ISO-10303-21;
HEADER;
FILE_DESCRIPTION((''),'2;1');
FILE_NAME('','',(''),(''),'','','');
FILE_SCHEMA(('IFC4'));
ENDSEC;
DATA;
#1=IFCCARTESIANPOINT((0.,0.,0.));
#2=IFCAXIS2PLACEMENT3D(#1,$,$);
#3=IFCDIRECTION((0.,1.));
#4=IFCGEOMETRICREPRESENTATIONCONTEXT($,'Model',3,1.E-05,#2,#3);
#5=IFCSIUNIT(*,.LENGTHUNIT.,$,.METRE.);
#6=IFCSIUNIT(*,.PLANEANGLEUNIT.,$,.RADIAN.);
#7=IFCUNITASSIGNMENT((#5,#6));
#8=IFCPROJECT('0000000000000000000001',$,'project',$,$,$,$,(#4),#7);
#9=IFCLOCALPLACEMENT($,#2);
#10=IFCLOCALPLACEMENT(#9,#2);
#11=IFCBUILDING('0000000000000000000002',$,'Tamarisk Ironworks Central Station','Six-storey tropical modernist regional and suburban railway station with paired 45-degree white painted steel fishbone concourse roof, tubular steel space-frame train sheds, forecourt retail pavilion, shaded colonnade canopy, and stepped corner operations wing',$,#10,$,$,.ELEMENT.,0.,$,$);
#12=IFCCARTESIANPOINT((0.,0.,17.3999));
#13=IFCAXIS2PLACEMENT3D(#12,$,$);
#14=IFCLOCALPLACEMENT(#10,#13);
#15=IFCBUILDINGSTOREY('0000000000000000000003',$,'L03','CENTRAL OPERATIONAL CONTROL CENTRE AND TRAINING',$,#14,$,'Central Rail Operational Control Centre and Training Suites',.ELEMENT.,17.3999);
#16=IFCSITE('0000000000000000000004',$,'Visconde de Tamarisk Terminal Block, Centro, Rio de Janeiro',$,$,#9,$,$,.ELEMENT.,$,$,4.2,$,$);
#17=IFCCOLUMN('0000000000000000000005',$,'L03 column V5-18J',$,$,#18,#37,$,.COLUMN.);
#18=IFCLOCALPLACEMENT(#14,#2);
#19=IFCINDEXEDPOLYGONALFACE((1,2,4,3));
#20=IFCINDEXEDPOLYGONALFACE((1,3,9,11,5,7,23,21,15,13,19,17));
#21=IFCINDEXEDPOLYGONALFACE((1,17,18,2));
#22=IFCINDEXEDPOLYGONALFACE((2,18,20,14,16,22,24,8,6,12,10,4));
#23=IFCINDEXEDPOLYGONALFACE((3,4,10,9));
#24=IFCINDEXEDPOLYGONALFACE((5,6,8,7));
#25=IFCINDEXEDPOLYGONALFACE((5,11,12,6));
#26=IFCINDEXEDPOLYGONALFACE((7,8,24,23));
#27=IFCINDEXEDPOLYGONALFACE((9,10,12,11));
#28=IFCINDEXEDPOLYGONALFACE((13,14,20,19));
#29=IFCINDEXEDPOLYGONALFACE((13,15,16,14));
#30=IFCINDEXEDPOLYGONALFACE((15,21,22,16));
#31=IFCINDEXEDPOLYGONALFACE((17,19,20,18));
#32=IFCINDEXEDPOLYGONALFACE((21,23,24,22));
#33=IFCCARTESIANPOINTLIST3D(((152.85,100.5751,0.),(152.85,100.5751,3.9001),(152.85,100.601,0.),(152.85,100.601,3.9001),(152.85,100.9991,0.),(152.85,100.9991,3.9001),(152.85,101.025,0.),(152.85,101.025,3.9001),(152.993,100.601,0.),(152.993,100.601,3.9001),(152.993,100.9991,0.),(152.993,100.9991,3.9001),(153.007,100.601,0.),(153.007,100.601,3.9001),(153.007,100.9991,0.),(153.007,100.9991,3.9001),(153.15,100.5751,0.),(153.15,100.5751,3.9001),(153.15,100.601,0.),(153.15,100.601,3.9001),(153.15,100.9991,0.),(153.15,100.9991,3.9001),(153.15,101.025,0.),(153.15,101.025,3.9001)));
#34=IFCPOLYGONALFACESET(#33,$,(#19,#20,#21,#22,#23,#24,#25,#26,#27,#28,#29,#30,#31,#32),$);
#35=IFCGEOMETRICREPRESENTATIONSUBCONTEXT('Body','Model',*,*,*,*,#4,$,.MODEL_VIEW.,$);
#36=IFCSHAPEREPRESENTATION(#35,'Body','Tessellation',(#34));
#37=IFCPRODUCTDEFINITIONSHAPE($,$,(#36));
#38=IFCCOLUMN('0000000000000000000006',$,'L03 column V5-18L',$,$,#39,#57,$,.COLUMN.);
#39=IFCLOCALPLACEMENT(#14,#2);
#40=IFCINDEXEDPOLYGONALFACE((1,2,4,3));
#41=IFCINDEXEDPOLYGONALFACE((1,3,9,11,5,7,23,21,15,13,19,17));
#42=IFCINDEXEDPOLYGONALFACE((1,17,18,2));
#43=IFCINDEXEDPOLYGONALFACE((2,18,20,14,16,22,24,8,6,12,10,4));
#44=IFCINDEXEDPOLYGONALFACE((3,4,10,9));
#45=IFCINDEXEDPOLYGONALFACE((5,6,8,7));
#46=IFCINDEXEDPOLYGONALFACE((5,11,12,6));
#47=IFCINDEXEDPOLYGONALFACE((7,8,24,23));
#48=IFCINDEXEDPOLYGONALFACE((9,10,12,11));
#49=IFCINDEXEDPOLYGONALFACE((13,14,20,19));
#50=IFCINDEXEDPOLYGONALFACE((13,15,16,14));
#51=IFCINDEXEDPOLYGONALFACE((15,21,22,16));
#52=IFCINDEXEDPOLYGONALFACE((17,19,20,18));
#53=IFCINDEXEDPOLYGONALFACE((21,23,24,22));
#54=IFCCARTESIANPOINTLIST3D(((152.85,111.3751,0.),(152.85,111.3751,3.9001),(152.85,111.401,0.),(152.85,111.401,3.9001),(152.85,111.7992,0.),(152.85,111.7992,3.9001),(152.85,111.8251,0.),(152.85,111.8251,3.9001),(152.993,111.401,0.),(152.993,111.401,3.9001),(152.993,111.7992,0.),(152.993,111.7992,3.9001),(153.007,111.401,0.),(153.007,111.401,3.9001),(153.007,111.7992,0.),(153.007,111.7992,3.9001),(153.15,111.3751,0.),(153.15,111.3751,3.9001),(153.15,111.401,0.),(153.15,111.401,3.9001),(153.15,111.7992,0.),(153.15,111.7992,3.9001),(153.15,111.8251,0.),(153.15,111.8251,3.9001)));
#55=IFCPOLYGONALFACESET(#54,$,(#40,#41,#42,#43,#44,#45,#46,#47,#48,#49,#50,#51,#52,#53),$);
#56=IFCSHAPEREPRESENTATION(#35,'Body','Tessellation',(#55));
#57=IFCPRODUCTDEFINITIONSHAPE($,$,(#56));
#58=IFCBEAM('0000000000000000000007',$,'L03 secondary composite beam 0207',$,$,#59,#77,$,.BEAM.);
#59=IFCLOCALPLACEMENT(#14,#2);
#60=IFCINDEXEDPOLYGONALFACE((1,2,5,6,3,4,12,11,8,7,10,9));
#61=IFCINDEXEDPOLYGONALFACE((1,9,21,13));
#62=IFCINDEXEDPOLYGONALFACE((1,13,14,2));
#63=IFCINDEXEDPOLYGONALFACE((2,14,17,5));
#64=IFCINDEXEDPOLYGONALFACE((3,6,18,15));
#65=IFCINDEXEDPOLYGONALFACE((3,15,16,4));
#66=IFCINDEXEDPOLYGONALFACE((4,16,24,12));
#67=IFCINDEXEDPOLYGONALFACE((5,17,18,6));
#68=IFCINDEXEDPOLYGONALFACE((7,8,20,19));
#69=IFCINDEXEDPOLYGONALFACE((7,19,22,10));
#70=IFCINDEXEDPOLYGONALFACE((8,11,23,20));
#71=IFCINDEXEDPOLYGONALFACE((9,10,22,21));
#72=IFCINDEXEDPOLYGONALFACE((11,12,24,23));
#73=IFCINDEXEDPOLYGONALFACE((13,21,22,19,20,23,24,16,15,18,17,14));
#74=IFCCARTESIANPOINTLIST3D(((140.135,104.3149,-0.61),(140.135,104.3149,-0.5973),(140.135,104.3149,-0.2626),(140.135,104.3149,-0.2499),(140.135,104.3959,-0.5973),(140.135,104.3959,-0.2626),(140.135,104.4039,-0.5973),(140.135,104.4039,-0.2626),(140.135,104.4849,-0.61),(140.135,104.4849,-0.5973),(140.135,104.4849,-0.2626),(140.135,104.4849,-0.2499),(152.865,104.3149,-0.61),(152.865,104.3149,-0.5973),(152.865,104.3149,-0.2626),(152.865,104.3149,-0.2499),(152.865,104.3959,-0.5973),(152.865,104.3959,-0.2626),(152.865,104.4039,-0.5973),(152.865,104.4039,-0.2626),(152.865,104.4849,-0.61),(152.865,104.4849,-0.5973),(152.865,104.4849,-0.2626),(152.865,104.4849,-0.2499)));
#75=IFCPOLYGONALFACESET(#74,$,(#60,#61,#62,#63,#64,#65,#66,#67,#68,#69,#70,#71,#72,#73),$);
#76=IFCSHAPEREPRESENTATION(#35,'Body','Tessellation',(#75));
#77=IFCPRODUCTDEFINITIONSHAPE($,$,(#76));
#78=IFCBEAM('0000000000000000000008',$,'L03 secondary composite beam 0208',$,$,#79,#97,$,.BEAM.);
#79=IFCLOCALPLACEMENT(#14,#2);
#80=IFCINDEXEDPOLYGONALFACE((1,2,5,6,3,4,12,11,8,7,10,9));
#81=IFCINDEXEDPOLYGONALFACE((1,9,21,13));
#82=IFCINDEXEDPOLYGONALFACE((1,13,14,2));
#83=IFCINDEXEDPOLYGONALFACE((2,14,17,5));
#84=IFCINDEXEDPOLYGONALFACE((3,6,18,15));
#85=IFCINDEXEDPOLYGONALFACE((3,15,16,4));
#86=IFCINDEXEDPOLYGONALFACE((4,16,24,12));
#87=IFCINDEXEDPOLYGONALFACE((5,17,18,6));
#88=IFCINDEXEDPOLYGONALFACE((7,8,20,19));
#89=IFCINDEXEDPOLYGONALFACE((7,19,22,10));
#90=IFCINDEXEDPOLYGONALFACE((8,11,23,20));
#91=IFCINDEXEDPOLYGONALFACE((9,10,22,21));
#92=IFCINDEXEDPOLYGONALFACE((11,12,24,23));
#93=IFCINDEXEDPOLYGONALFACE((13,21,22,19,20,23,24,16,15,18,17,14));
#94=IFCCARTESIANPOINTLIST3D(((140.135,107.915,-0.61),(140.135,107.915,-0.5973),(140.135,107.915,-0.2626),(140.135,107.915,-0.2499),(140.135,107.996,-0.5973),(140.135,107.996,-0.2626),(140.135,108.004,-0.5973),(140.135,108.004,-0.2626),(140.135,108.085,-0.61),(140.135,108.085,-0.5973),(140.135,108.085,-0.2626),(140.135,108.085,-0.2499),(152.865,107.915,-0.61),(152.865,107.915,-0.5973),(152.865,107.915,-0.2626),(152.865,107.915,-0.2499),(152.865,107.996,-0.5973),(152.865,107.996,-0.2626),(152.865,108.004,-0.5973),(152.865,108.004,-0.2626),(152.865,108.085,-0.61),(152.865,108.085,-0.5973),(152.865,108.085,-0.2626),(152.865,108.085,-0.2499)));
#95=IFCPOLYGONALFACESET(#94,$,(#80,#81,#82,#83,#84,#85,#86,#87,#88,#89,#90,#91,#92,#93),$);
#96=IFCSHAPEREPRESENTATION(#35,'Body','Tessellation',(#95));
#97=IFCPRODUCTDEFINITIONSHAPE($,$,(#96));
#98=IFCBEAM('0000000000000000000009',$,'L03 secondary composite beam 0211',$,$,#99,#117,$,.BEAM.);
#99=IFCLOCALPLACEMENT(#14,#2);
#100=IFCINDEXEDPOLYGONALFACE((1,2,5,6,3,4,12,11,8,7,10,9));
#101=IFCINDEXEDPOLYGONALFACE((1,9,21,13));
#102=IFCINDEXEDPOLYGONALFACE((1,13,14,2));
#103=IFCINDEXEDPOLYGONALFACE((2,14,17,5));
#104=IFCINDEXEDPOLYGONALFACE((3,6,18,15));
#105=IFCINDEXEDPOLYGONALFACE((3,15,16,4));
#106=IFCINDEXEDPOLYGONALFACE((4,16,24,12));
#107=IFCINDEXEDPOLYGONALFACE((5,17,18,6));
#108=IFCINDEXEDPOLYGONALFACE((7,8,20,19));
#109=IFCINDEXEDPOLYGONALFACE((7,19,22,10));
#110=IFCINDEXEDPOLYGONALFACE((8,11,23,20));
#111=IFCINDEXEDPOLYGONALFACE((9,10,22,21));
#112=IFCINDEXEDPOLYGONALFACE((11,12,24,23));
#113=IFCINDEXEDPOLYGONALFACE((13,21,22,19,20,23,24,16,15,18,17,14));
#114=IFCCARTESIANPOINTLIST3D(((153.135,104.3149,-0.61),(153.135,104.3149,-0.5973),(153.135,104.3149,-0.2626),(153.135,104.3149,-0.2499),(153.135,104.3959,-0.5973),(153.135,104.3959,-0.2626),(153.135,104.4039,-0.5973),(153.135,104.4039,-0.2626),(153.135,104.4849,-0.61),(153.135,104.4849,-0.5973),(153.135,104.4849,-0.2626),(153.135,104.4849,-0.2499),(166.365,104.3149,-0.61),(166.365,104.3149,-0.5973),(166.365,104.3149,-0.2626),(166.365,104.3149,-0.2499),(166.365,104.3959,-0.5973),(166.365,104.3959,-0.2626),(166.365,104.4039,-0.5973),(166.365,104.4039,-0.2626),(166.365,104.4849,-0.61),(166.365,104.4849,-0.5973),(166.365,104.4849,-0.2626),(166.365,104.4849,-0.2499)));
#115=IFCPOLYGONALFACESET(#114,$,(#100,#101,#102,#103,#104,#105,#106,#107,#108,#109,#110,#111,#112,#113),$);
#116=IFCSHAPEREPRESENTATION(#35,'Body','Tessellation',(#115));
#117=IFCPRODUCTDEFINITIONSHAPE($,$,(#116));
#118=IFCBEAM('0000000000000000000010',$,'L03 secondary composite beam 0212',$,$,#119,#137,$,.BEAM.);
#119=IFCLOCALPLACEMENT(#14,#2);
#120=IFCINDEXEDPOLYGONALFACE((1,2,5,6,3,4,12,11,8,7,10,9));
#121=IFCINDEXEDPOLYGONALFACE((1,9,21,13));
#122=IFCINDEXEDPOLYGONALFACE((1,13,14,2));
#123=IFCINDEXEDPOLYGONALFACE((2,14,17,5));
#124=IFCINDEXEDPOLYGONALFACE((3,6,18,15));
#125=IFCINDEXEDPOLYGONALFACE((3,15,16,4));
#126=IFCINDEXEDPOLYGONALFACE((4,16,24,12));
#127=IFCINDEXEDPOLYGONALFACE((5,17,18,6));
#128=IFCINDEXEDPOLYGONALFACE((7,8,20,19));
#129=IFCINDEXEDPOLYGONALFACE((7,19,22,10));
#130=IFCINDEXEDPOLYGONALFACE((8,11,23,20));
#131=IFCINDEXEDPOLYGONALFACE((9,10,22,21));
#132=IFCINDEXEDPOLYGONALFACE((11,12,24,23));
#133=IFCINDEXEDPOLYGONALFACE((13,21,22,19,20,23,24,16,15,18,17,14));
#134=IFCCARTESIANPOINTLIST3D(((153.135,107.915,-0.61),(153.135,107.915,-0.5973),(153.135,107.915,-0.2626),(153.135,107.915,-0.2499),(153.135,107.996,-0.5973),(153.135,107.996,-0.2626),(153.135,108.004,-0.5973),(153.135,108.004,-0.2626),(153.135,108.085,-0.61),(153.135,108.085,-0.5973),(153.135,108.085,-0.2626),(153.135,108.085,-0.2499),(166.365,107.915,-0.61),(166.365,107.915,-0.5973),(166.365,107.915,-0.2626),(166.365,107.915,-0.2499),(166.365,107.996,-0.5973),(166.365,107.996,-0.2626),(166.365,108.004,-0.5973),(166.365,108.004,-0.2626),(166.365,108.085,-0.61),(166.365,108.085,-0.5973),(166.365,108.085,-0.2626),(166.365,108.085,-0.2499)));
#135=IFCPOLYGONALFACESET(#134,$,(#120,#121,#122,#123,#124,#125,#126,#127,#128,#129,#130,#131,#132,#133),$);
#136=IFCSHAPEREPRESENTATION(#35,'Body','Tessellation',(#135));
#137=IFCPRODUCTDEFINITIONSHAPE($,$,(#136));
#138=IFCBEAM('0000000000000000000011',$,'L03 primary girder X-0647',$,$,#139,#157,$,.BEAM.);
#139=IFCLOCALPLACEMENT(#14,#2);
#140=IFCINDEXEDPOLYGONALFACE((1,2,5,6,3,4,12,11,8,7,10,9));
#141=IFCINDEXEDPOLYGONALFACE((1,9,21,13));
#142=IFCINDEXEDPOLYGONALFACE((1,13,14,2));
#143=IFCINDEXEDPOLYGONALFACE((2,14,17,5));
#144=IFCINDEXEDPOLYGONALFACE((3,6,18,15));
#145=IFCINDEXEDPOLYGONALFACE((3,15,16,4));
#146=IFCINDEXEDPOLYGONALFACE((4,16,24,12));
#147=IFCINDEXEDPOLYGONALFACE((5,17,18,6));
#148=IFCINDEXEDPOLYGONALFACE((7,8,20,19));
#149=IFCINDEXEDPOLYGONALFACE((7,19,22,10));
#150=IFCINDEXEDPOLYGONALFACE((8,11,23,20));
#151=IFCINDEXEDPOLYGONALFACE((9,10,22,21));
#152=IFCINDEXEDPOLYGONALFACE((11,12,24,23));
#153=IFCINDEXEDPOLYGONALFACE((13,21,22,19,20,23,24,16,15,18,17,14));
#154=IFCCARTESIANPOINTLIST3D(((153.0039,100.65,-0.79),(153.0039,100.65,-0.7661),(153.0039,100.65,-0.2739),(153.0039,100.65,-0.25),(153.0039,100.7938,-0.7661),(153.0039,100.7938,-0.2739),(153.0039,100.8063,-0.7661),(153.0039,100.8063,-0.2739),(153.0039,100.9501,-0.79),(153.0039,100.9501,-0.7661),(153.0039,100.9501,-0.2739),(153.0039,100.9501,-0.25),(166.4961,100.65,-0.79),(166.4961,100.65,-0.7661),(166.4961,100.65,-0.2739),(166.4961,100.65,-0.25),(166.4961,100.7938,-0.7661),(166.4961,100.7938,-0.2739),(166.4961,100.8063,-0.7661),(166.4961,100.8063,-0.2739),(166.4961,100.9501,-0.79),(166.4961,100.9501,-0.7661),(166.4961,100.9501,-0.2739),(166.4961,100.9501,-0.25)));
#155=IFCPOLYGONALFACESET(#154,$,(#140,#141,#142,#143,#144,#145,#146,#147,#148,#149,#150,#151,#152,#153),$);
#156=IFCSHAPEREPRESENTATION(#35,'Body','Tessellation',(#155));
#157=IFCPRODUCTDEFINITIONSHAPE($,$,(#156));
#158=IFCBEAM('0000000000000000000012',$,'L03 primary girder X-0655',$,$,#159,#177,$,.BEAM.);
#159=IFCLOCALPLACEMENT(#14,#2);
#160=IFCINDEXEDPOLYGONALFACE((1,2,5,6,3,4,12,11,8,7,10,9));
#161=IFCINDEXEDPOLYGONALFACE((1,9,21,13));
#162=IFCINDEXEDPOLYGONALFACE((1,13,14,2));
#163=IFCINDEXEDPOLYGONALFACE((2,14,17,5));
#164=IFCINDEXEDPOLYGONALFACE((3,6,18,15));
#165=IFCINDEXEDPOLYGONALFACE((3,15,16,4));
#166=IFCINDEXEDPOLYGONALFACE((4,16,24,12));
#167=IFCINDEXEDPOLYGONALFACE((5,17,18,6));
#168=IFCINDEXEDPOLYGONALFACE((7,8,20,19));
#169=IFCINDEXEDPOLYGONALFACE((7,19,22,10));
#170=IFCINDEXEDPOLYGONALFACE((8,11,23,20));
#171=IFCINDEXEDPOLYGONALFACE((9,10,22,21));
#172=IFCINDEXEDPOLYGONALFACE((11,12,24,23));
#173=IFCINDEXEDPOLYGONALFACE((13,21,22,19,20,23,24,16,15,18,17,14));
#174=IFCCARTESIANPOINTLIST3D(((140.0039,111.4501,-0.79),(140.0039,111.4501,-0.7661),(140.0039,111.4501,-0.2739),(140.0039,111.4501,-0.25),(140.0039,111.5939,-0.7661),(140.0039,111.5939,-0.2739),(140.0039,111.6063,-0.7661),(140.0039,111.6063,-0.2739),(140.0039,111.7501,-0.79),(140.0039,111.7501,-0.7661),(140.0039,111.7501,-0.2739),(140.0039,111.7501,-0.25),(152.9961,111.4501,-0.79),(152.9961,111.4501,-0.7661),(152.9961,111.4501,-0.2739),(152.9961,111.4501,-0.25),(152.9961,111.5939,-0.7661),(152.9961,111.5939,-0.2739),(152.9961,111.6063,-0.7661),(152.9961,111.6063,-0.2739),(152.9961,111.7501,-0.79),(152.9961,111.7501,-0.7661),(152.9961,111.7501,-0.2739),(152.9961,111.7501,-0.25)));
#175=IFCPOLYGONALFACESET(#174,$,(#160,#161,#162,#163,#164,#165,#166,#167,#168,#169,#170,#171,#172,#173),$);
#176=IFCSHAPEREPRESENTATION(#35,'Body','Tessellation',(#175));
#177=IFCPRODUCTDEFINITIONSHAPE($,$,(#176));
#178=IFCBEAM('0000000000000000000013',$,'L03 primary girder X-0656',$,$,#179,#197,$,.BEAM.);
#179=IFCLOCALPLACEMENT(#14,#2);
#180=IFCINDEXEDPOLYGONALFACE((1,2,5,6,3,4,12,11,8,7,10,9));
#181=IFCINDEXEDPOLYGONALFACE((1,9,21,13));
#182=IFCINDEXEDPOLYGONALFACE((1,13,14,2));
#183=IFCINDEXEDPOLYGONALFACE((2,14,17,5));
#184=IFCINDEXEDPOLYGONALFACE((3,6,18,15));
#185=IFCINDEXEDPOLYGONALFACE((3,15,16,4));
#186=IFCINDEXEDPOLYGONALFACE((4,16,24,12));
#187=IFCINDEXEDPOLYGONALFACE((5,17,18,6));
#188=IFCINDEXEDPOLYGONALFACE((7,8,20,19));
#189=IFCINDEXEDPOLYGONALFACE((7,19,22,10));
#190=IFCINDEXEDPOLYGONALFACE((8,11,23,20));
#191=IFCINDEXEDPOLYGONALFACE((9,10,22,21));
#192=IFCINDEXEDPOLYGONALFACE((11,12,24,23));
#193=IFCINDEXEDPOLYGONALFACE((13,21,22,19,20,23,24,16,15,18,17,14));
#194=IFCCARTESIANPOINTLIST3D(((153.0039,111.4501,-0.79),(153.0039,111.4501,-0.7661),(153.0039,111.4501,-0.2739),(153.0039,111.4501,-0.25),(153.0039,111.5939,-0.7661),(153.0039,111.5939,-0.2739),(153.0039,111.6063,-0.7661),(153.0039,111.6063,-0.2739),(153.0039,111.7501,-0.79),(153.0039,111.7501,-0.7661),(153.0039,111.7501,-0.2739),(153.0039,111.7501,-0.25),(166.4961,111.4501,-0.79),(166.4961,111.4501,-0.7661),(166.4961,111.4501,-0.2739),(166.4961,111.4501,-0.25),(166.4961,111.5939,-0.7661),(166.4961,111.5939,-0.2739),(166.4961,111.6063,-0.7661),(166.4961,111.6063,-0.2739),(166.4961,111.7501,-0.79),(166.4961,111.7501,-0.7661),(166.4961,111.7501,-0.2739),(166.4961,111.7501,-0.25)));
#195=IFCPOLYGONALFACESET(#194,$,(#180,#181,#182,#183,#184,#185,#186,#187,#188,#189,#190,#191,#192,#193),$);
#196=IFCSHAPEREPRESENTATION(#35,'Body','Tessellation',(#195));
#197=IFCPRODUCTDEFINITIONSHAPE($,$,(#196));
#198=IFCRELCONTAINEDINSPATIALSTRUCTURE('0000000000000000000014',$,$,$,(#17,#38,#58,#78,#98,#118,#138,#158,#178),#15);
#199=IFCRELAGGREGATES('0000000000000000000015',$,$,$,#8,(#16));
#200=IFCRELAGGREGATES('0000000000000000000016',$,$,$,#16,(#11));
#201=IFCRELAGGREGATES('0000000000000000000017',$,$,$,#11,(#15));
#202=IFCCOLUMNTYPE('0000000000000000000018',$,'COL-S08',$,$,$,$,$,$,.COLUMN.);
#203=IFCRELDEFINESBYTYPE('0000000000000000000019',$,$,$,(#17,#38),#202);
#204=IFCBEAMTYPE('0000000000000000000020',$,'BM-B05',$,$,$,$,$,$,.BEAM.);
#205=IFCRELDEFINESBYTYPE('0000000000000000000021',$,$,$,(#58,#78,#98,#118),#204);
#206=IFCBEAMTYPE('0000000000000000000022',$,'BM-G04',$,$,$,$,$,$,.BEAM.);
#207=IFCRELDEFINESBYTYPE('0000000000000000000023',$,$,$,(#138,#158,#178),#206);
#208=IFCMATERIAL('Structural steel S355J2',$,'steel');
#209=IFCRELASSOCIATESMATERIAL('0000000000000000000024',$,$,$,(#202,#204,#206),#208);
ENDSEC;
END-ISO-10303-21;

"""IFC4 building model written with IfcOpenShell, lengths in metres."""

from ifc_helpers import new_model, si_unit, direction, frame, origin, origin_2d, place, context, subcontext, project, spatial, i_section, extrude, material, material_profile, profile_set, type_object, element, save


model = new_model("IFC4")

# Units and contexts
model_context = context("Model", 3, precision=1e-05, world=origin(), true_north=direction((0.0, 1.0)))
body_context = subcontext(model_context, "Body", "Model", "MODEL_VIEW")
ifc_project = project(units=[si_unit("LENGTHUNIT", "METRE"), si_unit("PLANEANGLEUNIT", "RADIAN")], contexts=[model_context])

# Site, building, storey
site_placement = place(None, origin())
site = spatial("IfcSite", under=ifc_project, at=site_placement, Name="Visconde de Tamarisk Terminal Block, Centro, Rio de Janeiro", CompositionType="ELEMENT", RefElevation=4.2)
building_placement = place(site_placement, origin())
building = spatial("IfcBuilding", under=site, at=building_placement, Name="Tamarisk Ironworks Central Station", Description="Six-storey tropical modernist regional and suburban railway station with paired 45-degree white painted steel fishbone concourse roof, tubular steel space-frame train sheds, forecourt retail pavilion, shaded colonnade canopy, and stepped corner operations wing", CompositionType="ELEMENT", ElevationOfRefHeight=0.0)
storey_placement = place(building_placement, frame((0.0, 0.0, 17.3999)))
storey = spatial("IfcBuildingStorey", under=building, at=storey_placement, Name="L03", Description="CENTRAL OPERATIONAL CONTROL CENTRE AND TRAINING", LongName="Central Rail Operational Control Centre and Training Suites", CompositionType="ELEMENT", Elevation=17.3999)

# Columns
ifc_material_1 = material(Name="Structural steel S355J2", Category="steel")
ifc_material_profile_1 = material_profile(ifc_material_1, i_section(OverallWidth=0.3, OverallDepth=0.45, WebThickness=0.0139, FlangeThickness=0.0259, at=origin_2d()), Name="HEB 450")
ifc_profile_set_1 = profile_set([ifc_material_profile_1], Name="Structural steel S355J2")
column_type = type_object("IfcColumnType", Name="COL-S08", PredefinedType="COLUMN", material=ifc_profile_set_1)
for number, where, z_axis, x_axis, name in (
    (1, (153.0, 100.8, 0.0), (0.0, 0.0, 1.0), (1.0, 0.0, 0.0), "L03 column V5-18J"),
    (2, (153.0, 111.6001, 0.0), (0.0, 0.0, 1.0), (1.0, 0.0, 0.0), "L03 column V5-18L"),
):
    element("IfcColumn", number, at=place(storey_placement, frame(where, z_axis=z_axis, x_axis=x_axis)), inside=storey, type_object=column_type, Name=name, PredefinedType="COLUMN", context=body_context, shape_type="SweptSolid", body=[
        extrude(i_section(OverallWidth=0.3, OverallDepth=0.45, WebThickness=0.0139, FlangeThickness=0.0259, at=origin_2d()), origin(), (0.0, 0.0, 1.0), 3.9001),
    ])

# Beams
ifc_material_profile_2 = material_profile(ifc_material_1, i_section(OverallWidth=0.1699, OverallDepth=0.3601, WebThickness=0.0081, FlangeThickness=0.0127, at=origin_2d()), Name="IPE 360")
ifc_profile_set_2 = profile_set([ifc_material_profile_2], Name="Structural steel S355J2")
beam_type_1 = type_object("IfcBeamType", Name="BM-B05", PredefinedType="BEAM", material=ifc_profile_set_2)
for number, where, z_axis, x_axis, name in (
    (3, (140.135, 104.3999, -0.4299), (1.0, 0.0, 0.0), (0.0, 1.0, 0.0), "L03 secondary composite beam 0207"),
    (4, (140.135, 108.0, -0.4299), (1.0, 0.0, 0.0), (0.0, 1.0, 0.0), "L03 secondary composite beam 0208"),
):
    element("IfcBeam", number, at=place(storey_placement, frame(where, z_axis=z_axis, x_axis=x_axis)), inside=storey, type_object=beam_type_1, Name=name, PredefinedType="BEAM", context=body_context, shape_type="SweptSolid", body=[
        extrude(i_section(OverallWidth=0.1699, OverallDepth=0.3601, WebThickness=0.0081, FlangeThickness=0.0127, at=origin_2d()), origin(), (0.0, 0.0, 1.0), 12.73),
    ])
for number, where, z_axis, x_axis, name in (
    (5, (153.135, 104.3999, -0.4299), (1.0, 0.0, 0.0), (0.0, 1.0, 0.0), "L03 secondary composite beam 0211"),
    (6, (153.135, 108.0, -0.4299), (1.0, 0.0, 0.0), (0.0, 1.0, 0.0), "L03 secondary composite beam 0212"),
):
    element("IfcBeam", number, at=place(storey_placement, frame(where, z_axis=z_axis, x_axis=x_axis)), inside=storey, type_object=beam_type_1, Name=name, PredefinedType="BEAM", context=body_context, shape_type="SweptSolid", body=[
        extrude(i_section(OverallWidth=0.1699, OverallDepth=0.3601, WebThickness=0.0081, FlangeThickness=0.0127, at=origin_2d()), origin(), (0.0, 0.0, 1.0), 13.23),
    ])
ifc_material_profile_3 = material_profile(ifc_material_1, i_section(OverallWidth=0.3, OverallDepth=0.54, WebThickness=0.0125, FlangeThickness=0.0239, at=origin_2d()), Name="HEA 550")
ifc_profile_set_3 = profile_set([ifc_material_profile_3], Name="Structural steel S355J2")
beam_type_2 = type_object("IfcBeamType", Name="BM-G04", PredefinedType="BEAM", material=ifc_profile_set_3)
beam_1_placement = place(storey_placement, frame((153.0039, 100.8, -0.52), z_axis=(1.0, 0.0, 0.0), x_axis=(0.0, 1.0, 0.0)))
element("IfcBeam", 7, at=beam_1_placement, inside=storey, type_object=beam_type_2, Name="L03 primary girder X-0647", PredefinedType="BEAM", context=body_context, shape_type="SweptSolid", body=[
    extrude(i_section(OverallWidth=0.3, OverallDepth=0.54, WebThickness=0.0125, FlangeThickness=0.0239, at=origin_2d()), origin(), (0.0, 0.0, 1.0), 13.4922),
])
beam_2_placement = place(storey_placement, frame((140.0039, 111.6001, -0.52), z_axis=(1.0, 0.0, 0.0), x_axis=(0.0, 1.0, 0.0)))
element("IfcBeam", 8, at=beam_2_placement, inside=storey, type_object=beam_type_2, Name="L03 primary girder X-0655", PredefinedType="BEAM", context=body_context, shape_type="SweptSolid", body=[
    extrude(i_section(OverallWidth=0.3, OverallDepth=0.54, WebThickness=0.0125, FlangeThickness=0.0239, at=origin_2d()), origin(), (0.0, 0.0, 1.0), 12.9922),
])
beam_3_placement = place(storey_placement, frame((153.0039, 111.6001, -0.52), z_axis=(1.0, 0.0, 0.0), x_axis=(0.0, 1.0, 0.0)))
element("IfcBeam", 9, at=beam_3_placement, inside=storey, type_object=beam_type_2, Name="L03 primary girder X-0656", PredefinedType="BEAM", context=body_context, shape_type="SweptSolid", body=[
    extrude(i_section(OverallWidth=0.3, OverallDepth=0.54, WebThickness=0.0125, FlangeThickness=0.0239, at=origin_2d()), origin(), (0.0, 0.0, 1.0), 13.4922),
])

save(model, "model.ifc")
